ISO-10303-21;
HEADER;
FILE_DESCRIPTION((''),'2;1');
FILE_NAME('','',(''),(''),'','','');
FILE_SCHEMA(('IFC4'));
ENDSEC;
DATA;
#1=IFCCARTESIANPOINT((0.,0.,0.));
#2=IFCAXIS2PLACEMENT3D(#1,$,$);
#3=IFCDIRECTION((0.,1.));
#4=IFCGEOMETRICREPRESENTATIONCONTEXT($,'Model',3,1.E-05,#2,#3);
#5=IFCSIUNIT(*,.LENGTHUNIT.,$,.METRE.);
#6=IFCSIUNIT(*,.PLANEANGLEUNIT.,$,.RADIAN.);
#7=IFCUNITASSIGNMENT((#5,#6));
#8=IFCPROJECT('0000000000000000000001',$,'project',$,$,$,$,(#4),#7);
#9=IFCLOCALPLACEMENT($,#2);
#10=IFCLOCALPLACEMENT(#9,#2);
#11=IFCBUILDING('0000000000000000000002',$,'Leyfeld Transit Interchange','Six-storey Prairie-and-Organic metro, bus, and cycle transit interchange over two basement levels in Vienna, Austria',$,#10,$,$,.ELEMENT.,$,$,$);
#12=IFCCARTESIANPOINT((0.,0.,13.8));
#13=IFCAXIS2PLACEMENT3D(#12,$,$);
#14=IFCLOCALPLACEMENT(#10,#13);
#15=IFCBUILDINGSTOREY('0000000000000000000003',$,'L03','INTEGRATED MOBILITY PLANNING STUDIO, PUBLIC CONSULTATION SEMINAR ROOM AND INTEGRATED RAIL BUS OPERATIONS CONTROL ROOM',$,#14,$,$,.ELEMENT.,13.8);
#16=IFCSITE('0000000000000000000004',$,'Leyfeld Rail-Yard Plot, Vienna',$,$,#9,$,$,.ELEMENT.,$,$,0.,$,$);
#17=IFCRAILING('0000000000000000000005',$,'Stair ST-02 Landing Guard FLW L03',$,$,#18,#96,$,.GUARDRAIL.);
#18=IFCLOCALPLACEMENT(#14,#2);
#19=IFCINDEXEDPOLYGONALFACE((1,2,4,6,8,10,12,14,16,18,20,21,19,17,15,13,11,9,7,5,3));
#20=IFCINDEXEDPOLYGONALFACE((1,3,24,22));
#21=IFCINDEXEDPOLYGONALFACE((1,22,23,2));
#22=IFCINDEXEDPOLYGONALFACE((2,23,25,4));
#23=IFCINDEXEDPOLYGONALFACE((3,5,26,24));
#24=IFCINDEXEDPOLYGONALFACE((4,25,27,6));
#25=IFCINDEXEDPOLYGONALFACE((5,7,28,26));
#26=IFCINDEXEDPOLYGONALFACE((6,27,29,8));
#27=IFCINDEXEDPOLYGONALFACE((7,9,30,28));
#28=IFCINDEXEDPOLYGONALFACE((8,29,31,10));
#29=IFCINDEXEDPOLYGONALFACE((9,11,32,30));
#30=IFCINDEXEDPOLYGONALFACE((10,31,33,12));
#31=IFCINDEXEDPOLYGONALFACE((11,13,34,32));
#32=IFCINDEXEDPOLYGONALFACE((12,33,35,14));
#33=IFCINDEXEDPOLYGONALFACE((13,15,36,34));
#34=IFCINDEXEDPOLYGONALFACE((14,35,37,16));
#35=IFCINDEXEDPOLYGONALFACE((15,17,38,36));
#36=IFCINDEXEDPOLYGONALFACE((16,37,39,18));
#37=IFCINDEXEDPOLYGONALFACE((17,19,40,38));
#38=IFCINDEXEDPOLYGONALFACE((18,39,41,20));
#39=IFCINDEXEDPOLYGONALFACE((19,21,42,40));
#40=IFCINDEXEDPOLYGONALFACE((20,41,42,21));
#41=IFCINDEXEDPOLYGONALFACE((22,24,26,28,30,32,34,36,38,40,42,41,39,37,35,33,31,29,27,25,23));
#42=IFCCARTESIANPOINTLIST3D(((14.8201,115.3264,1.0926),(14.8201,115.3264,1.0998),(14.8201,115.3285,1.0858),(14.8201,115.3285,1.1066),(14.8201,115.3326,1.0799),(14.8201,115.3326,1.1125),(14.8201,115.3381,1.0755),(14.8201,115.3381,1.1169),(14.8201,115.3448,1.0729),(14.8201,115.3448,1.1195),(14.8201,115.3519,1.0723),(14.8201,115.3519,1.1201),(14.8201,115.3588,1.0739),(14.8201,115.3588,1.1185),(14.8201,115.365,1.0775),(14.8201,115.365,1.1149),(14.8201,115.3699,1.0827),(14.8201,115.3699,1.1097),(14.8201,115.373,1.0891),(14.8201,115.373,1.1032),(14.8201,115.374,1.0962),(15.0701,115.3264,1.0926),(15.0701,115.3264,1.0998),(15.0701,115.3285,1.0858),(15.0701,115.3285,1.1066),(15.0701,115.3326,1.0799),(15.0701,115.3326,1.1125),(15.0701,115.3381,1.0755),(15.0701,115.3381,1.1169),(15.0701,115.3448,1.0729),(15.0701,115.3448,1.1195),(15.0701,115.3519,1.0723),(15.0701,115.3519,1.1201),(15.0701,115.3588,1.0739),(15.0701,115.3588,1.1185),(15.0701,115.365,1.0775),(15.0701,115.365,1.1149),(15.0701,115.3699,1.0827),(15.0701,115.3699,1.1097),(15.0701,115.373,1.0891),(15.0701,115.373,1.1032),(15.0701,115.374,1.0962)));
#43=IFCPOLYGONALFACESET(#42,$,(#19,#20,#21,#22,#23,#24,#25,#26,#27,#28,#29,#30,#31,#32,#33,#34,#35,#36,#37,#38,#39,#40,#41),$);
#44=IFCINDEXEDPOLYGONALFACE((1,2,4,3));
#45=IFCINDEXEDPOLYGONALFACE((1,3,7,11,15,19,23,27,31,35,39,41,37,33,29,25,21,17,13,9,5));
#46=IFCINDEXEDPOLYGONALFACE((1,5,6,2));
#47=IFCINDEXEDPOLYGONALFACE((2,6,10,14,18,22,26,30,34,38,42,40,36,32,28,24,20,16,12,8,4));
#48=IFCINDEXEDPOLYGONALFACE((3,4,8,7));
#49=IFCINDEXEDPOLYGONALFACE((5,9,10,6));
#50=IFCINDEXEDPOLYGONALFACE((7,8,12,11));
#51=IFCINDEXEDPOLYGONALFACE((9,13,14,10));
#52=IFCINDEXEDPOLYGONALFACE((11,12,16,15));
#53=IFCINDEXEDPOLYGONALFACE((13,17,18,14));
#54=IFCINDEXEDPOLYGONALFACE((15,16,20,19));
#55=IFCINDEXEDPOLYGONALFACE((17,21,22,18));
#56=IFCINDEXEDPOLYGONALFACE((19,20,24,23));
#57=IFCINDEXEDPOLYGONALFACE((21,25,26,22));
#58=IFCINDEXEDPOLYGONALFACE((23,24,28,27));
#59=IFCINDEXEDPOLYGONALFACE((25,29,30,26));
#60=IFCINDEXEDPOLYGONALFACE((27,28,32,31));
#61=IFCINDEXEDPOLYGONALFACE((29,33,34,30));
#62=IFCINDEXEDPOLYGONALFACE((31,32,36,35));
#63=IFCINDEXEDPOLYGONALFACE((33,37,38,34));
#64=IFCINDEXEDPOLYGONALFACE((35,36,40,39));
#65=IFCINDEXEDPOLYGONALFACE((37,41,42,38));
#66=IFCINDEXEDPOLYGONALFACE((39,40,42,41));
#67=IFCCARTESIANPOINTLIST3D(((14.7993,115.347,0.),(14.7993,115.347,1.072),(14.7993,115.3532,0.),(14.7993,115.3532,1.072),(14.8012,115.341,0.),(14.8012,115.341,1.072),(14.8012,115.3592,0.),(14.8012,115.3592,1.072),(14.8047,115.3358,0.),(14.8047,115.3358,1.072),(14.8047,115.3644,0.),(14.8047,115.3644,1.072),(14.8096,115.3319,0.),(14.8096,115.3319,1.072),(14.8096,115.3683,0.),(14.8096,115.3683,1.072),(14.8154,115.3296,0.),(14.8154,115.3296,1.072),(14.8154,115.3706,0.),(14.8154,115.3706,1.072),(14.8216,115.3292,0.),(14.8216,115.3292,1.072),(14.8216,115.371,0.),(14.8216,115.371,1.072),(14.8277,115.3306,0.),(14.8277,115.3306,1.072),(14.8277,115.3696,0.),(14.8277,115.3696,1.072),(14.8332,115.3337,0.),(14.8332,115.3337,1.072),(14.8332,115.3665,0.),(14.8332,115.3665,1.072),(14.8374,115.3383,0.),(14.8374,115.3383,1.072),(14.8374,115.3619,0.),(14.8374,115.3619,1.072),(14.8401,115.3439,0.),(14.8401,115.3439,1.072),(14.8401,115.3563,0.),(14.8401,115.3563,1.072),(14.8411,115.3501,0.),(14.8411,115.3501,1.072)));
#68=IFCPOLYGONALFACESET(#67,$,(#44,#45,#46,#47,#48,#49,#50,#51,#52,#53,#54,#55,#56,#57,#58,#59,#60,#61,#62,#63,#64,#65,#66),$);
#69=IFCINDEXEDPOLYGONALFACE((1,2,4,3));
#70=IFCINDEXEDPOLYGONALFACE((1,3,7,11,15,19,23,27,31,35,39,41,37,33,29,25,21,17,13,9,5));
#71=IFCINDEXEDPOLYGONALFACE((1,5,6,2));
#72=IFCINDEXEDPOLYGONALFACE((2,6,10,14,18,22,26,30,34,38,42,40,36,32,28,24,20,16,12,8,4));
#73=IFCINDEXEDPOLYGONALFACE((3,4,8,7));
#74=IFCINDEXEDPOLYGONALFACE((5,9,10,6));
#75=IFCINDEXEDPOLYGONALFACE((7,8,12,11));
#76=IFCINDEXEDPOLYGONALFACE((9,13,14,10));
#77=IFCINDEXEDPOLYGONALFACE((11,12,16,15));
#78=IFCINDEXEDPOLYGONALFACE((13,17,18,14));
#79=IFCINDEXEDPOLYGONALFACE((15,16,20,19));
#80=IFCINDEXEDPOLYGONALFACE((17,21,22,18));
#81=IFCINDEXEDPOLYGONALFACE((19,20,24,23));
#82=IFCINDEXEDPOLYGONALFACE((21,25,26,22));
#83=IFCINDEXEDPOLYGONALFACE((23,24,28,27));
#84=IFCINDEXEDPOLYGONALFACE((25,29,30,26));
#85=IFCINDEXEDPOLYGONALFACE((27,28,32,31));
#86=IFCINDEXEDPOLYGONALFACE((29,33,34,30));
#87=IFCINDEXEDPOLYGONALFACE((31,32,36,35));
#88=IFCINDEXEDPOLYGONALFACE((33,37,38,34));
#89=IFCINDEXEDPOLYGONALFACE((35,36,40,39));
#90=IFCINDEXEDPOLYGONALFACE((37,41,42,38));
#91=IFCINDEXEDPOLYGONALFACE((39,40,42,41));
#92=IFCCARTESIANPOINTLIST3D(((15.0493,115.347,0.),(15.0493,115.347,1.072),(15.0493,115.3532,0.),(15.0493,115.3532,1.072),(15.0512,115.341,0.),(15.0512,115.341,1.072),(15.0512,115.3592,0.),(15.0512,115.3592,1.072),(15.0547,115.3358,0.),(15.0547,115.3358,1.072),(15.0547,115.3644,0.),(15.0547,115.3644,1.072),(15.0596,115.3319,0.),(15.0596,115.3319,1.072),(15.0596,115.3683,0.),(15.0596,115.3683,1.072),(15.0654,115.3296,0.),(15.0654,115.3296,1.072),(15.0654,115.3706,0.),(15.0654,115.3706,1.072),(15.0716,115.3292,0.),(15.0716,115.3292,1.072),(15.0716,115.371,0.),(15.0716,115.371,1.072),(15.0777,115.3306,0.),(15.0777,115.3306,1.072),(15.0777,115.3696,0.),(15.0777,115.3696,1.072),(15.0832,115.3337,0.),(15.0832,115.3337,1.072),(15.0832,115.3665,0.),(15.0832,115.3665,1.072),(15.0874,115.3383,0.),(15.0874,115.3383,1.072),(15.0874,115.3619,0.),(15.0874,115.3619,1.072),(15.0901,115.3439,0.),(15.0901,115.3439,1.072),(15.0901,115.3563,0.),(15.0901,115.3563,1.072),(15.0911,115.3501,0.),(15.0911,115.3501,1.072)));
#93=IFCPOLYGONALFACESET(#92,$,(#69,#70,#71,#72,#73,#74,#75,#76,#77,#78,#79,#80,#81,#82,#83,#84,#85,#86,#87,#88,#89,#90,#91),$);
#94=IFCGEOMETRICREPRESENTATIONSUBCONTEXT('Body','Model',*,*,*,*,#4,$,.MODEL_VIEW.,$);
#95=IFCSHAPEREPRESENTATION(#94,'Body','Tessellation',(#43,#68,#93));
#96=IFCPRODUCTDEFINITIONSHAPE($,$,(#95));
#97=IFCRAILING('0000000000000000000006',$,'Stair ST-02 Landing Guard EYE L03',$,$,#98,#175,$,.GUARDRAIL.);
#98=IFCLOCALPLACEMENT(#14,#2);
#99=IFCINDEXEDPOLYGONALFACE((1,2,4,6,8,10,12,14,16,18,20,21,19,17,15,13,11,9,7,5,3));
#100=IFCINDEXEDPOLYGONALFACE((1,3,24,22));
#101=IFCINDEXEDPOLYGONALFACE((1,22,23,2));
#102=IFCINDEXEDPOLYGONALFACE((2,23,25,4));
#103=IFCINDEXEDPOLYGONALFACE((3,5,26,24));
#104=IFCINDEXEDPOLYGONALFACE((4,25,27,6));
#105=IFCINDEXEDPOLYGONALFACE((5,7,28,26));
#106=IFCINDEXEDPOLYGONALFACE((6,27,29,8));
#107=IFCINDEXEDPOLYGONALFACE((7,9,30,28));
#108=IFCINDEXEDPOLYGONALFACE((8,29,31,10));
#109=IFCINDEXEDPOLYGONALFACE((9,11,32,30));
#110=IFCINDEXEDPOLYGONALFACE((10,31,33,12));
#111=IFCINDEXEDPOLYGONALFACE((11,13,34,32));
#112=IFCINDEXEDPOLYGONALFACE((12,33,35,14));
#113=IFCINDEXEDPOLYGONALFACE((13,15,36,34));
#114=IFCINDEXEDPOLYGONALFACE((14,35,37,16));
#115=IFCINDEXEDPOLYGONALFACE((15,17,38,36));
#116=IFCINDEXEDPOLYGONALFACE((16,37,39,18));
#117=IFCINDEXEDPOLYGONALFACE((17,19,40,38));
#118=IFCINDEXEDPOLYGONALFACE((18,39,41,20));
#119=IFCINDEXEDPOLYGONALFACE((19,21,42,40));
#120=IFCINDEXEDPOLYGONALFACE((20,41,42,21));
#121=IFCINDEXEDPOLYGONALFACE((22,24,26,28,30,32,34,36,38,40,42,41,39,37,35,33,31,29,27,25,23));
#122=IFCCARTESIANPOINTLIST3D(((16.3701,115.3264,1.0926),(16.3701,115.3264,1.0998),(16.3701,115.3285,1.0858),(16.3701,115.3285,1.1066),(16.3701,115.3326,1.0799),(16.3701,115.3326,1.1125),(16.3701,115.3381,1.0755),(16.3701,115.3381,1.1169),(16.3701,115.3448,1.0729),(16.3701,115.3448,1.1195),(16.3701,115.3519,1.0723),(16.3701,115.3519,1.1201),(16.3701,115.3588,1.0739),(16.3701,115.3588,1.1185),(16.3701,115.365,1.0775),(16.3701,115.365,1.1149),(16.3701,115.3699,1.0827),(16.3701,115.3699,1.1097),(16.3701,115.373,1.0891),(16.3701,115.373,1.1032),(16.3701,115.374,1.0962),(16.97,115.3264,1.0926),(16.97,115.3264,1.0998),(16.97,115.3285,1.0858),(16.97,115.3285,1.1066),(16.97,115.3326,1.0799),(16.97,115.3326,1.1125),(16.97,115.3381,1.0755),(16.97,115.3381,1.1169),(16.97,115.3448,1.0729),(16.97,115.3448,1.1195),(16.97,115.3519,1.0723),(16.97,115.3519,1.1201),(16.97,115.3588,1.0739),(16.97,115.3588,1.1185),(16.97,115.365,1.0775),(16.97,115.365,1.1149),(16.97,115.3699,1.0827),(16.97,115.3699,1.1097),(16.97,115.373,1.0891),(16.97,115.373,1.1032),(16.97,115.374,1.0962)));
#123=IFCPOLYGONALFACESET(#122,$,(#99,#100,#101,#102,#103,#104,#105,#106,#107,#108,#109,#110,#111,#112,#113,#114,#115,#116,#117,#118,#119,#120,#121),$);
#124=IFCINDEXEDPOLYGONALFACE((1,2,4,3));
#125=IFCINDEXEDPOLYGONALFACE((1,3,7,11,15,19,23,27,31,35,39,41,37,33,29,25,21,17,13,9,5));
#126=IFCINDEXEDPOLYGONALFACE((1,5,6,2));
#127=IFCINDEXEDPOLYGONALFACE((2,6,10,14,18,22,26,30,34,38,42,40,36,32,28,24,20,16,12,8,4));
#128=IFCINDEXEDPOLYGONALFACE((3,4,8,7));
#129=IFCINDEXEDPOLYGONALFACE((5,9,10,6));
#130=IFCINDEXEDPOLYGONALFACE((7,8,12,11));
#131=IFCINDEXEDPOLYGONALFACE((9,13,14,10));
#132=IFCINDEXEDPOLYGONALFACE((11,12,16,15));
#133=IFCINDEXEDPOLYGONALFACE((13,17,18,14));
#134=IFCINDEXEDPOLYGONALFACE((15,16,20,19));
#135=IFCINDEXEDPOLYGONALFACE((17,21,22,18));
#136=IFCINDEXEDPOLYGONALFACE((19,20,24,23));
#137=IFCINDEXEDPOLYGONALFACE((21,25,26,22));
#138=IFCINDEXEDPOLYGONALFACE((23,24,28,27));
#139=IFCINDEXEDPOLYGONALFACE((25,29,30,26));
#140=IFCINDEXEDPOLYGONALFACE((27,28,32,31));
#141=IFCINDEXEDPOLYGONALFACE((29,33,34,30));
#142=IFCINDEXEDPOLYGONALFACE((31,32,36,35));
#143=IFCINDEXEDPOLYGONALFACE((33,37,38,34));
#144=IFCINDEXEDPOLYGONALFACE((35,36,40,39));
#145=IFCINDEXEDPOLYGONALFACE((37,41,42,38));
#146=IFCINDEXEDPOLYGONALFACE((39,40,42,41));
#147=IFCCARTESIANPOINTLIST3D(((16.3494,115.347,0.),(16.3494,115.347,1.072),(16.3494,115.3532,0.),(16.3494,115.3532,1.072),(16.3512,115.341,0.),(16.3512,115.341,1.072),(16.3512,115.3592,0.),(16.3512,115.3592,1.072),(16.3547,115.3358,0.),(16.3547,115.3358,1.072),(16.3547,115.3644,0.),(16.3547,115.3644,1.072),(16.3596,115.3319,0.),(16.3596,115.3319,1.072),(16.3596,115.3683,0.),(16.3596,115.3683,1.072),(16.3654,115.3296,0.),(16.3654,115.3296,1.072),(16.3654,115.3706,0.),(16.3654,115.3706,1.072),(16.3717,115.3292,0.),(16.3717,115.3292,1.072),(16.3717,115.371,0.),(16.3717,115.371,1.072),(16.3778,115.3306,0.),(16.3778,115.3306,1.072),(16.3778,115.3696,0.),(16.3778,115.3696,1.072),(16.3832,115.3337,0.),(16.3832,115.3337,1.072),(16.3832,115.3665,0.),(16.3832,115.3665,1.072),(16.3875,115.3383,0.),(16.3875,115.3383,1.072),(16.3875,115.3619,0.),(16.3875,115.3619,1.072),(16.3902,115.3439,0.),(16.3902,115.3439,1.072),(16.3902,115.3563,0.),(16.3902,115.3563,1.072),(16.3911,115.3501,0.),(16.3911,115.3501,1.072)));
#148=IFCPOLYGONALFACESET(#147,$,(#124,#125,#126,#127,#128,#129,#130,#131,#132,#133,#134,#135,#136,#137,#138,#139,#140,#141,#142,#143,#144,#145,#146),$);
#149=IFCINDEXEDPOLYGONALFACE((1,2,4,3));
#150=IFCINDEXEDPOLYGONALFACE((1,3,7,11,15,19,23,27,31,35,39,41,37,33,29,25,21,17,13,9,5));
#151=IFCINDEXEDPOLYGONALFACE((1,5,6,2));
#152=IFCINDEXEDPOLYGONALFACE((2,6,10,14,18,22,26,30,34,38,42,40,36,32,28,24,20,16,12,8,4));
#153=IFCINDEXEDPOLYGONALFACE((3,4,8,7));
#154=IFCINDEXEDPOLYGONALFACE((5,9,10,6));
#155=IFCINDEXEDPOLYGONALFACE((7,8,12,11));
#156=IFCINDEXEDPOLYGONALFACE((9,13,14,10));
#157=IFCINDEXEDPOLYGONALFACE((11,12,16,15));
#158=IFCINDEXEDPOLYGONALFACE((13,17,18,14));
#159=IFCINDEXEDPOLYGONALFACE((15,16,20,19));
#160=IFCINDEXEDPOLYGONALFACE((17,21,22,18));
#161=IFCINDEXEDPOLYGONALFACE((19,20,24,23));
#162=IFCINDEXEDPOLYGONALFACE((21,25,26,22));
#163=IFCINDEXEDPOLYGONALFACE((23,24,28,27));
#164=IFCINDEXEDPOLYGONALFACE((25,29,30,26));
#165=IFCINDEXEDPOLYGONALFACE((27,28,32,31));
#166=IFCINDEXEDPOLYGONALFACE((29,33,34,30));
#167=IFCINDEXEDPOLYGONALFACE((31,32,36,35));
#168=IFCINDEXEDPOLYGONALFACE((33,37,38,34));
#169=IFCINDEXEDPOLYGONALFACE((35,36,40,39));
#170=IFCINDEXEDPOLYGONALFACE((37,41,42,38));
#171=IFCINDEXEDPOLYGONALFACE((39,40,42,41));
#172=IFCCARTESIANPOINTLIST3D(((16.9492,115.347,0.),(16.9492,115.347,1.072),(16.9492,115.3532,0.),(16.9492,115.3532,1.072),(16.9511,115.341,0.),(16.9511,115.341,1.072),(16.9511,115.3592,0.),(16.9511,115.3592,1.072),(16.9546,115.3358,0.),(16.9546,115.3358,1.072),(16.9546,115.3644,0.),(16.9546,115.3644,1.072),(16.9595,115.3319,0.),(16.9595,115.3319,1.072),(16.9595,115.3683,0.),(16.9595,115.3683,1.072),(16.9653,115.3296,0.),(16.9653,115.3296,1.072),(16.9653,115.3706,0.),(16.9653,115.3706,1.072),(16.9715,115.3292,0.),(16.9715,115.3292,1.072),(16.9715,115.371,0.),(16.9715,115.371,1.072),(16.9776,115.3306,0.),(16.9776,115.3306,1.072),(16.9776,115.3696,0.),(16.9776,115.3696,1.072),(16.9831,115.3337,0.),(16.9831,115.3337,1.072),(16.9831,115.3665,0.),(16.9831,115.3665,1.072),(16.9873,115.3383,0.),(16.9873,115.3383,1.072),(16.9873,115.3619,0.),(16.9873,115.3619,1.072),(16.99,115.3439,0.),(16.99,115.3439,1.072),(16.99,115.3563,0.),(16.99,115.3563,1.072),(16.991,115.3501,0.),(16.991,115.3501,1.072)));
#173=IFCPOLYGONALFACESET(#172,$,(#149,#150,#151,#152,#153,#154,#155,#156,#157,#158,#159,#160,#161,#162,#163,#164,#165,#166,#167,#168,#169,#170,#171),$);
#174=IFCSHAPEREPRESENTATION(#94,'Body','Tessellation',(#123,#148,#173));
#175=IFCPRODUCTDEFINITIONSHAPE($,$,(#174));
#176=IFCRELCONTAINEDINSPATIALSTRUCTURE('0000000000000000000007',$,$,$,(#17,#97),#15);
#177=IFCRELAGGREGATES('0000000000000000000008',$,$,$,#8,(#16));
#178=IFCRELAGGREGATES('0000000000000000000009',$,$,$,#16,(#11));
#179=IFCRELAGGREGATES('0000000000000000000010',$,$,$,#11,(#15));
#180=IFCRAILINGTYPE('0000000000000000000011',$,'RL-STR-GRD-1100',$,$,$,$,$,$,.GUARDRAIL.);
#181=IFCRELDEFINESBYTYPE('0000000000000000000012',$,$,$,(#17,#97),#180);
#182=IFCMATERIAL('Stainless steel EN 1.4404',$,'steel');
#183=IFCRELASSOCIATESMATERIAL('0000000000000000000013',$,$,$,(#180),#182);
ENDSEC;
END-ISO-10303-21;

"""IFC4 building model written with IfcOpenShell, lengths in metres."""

from ifc_helpers import new_model, si_unit, direction, frame, origin, origin_2d, place, context, subcontext, project, spatial, circle, extrude, material, type_object, element, save


model = new_model("IFC4")

# Units and contexts
model_context = context("Model", 3, precision=1e-05, world=origin(), true_north=direction((0.0, 1.0)))
body_context = subcontext(model_context, "Body", "Model", "MODEL_VIEW")
ifc_project = project(units=[si_unit("LENGTHUNIT", "METRE"), si_unit("PLANEANGLEUNIT", "RADIAN")], contexts=[model_context])

# Site, building, storey
site_placement = place(None, origin())
site = spatial("IfcSite", under=ifc_project, at=site_placement, Name="Leyfeld Rail-Yard Plot, Vienna", CompositionType="ELEMENT", RefElevation=0.0)
building_placement = place(site_placement, origin())
building = spatial("IfcBuilding", under=site, at=building_placement, Name="Leyfeld Transit Interchange", Description="Six-storey Prairie-and-Organic metro, bus, and cycle transit interchange over two basement levels in Vienna, Austria", CompositionType="ELEMENT")
storey_placement = place(building_placement, frame((0.0, 0.0, 13.8)))
storey = spatial("IfcBuildingStorey", under=building, at=storey_placement, Name="L03", Description="INTEGRATED MOBILITY PLANNING STUDIO, PUBLIC CONSULTATION SEMINAR ROOM AND INTEGRATED RAIL BUS OPERATIONS CONTROL ROOM", CompositionType="ELEMENT", Elevation=13.8)

# Shared definitions
ifc_material_1 = material(Name="Stainless steel EN 1.4404", Category="steel")

# Railings
railing_type_1 = type_object("IfcRailingType", Name="RL-STR-GRD-1100", PredefinedType="GUARDRAIL", material=ifc_material_1)
railing_1_placement = place(storey_placement, frame((14.8201, 115.3501, 0.0)))
element("IfcRailing", 1, at=railing_1_placement, inside=storey, type_object=railing_type_1, Name="Stair ST-02 Landing Guard FLW L03", PredefinedType="GUARDRAIL", context=body_context, shape_type="SweptSolid", body=[
    extrude(circle(Radius=0.0239, at=origin_2d()), frame((0.0, 0.0, 1.0962), z_axis=(1.0, 0.0, 0.0), x_axis=(0.0, 1.0, 0.0)), (0.0, 0.0, 1.0), 0.25),
    extrude(circle(Radius=0.021, at=origin_2d()), origin(), (0.0, 0.0, 1.0), 1.072),
    extrude(circle(Radius=0.021, at=origin_2d()), frame((0.25, 0.0, 0.0)), (0.0, 0.0, 1.0), 1.072),
])
railing_2_placement = place(storey_placement, frame((16.3701, 115.3501, 0.0)))
element("IfcRailing", 2, at=railing_2_placement, inside=storey, type_object=railing_type_1, Name="Stair ST-02 Landing Guard EYE L03", PredefinedType="GUARDRAIL", context=body_context, shape_type="SweptSolid", body=[
    extrude(circle(Radius=0.0239, at=origin_2d()), frame((0.0, 0.0, 1.0962), z_axis=(1.0, 0.0, 0.0), x_axis=(0.0, 1.0, 0.0)), (0.0, 0.0, 1.0), 0.5999),
    extrude(circle(Radius=0.021, at=origin_2d()), origin(), (0.0, 0.0, 1.0), 1.072),
    extrude(circle(Radius=0.021, at=origin_2d()), frame((0.5999, 0.0, 0.0)), (0.0, 0.0, 1.0), 1.072),
])

save(model, "model.ifc")
